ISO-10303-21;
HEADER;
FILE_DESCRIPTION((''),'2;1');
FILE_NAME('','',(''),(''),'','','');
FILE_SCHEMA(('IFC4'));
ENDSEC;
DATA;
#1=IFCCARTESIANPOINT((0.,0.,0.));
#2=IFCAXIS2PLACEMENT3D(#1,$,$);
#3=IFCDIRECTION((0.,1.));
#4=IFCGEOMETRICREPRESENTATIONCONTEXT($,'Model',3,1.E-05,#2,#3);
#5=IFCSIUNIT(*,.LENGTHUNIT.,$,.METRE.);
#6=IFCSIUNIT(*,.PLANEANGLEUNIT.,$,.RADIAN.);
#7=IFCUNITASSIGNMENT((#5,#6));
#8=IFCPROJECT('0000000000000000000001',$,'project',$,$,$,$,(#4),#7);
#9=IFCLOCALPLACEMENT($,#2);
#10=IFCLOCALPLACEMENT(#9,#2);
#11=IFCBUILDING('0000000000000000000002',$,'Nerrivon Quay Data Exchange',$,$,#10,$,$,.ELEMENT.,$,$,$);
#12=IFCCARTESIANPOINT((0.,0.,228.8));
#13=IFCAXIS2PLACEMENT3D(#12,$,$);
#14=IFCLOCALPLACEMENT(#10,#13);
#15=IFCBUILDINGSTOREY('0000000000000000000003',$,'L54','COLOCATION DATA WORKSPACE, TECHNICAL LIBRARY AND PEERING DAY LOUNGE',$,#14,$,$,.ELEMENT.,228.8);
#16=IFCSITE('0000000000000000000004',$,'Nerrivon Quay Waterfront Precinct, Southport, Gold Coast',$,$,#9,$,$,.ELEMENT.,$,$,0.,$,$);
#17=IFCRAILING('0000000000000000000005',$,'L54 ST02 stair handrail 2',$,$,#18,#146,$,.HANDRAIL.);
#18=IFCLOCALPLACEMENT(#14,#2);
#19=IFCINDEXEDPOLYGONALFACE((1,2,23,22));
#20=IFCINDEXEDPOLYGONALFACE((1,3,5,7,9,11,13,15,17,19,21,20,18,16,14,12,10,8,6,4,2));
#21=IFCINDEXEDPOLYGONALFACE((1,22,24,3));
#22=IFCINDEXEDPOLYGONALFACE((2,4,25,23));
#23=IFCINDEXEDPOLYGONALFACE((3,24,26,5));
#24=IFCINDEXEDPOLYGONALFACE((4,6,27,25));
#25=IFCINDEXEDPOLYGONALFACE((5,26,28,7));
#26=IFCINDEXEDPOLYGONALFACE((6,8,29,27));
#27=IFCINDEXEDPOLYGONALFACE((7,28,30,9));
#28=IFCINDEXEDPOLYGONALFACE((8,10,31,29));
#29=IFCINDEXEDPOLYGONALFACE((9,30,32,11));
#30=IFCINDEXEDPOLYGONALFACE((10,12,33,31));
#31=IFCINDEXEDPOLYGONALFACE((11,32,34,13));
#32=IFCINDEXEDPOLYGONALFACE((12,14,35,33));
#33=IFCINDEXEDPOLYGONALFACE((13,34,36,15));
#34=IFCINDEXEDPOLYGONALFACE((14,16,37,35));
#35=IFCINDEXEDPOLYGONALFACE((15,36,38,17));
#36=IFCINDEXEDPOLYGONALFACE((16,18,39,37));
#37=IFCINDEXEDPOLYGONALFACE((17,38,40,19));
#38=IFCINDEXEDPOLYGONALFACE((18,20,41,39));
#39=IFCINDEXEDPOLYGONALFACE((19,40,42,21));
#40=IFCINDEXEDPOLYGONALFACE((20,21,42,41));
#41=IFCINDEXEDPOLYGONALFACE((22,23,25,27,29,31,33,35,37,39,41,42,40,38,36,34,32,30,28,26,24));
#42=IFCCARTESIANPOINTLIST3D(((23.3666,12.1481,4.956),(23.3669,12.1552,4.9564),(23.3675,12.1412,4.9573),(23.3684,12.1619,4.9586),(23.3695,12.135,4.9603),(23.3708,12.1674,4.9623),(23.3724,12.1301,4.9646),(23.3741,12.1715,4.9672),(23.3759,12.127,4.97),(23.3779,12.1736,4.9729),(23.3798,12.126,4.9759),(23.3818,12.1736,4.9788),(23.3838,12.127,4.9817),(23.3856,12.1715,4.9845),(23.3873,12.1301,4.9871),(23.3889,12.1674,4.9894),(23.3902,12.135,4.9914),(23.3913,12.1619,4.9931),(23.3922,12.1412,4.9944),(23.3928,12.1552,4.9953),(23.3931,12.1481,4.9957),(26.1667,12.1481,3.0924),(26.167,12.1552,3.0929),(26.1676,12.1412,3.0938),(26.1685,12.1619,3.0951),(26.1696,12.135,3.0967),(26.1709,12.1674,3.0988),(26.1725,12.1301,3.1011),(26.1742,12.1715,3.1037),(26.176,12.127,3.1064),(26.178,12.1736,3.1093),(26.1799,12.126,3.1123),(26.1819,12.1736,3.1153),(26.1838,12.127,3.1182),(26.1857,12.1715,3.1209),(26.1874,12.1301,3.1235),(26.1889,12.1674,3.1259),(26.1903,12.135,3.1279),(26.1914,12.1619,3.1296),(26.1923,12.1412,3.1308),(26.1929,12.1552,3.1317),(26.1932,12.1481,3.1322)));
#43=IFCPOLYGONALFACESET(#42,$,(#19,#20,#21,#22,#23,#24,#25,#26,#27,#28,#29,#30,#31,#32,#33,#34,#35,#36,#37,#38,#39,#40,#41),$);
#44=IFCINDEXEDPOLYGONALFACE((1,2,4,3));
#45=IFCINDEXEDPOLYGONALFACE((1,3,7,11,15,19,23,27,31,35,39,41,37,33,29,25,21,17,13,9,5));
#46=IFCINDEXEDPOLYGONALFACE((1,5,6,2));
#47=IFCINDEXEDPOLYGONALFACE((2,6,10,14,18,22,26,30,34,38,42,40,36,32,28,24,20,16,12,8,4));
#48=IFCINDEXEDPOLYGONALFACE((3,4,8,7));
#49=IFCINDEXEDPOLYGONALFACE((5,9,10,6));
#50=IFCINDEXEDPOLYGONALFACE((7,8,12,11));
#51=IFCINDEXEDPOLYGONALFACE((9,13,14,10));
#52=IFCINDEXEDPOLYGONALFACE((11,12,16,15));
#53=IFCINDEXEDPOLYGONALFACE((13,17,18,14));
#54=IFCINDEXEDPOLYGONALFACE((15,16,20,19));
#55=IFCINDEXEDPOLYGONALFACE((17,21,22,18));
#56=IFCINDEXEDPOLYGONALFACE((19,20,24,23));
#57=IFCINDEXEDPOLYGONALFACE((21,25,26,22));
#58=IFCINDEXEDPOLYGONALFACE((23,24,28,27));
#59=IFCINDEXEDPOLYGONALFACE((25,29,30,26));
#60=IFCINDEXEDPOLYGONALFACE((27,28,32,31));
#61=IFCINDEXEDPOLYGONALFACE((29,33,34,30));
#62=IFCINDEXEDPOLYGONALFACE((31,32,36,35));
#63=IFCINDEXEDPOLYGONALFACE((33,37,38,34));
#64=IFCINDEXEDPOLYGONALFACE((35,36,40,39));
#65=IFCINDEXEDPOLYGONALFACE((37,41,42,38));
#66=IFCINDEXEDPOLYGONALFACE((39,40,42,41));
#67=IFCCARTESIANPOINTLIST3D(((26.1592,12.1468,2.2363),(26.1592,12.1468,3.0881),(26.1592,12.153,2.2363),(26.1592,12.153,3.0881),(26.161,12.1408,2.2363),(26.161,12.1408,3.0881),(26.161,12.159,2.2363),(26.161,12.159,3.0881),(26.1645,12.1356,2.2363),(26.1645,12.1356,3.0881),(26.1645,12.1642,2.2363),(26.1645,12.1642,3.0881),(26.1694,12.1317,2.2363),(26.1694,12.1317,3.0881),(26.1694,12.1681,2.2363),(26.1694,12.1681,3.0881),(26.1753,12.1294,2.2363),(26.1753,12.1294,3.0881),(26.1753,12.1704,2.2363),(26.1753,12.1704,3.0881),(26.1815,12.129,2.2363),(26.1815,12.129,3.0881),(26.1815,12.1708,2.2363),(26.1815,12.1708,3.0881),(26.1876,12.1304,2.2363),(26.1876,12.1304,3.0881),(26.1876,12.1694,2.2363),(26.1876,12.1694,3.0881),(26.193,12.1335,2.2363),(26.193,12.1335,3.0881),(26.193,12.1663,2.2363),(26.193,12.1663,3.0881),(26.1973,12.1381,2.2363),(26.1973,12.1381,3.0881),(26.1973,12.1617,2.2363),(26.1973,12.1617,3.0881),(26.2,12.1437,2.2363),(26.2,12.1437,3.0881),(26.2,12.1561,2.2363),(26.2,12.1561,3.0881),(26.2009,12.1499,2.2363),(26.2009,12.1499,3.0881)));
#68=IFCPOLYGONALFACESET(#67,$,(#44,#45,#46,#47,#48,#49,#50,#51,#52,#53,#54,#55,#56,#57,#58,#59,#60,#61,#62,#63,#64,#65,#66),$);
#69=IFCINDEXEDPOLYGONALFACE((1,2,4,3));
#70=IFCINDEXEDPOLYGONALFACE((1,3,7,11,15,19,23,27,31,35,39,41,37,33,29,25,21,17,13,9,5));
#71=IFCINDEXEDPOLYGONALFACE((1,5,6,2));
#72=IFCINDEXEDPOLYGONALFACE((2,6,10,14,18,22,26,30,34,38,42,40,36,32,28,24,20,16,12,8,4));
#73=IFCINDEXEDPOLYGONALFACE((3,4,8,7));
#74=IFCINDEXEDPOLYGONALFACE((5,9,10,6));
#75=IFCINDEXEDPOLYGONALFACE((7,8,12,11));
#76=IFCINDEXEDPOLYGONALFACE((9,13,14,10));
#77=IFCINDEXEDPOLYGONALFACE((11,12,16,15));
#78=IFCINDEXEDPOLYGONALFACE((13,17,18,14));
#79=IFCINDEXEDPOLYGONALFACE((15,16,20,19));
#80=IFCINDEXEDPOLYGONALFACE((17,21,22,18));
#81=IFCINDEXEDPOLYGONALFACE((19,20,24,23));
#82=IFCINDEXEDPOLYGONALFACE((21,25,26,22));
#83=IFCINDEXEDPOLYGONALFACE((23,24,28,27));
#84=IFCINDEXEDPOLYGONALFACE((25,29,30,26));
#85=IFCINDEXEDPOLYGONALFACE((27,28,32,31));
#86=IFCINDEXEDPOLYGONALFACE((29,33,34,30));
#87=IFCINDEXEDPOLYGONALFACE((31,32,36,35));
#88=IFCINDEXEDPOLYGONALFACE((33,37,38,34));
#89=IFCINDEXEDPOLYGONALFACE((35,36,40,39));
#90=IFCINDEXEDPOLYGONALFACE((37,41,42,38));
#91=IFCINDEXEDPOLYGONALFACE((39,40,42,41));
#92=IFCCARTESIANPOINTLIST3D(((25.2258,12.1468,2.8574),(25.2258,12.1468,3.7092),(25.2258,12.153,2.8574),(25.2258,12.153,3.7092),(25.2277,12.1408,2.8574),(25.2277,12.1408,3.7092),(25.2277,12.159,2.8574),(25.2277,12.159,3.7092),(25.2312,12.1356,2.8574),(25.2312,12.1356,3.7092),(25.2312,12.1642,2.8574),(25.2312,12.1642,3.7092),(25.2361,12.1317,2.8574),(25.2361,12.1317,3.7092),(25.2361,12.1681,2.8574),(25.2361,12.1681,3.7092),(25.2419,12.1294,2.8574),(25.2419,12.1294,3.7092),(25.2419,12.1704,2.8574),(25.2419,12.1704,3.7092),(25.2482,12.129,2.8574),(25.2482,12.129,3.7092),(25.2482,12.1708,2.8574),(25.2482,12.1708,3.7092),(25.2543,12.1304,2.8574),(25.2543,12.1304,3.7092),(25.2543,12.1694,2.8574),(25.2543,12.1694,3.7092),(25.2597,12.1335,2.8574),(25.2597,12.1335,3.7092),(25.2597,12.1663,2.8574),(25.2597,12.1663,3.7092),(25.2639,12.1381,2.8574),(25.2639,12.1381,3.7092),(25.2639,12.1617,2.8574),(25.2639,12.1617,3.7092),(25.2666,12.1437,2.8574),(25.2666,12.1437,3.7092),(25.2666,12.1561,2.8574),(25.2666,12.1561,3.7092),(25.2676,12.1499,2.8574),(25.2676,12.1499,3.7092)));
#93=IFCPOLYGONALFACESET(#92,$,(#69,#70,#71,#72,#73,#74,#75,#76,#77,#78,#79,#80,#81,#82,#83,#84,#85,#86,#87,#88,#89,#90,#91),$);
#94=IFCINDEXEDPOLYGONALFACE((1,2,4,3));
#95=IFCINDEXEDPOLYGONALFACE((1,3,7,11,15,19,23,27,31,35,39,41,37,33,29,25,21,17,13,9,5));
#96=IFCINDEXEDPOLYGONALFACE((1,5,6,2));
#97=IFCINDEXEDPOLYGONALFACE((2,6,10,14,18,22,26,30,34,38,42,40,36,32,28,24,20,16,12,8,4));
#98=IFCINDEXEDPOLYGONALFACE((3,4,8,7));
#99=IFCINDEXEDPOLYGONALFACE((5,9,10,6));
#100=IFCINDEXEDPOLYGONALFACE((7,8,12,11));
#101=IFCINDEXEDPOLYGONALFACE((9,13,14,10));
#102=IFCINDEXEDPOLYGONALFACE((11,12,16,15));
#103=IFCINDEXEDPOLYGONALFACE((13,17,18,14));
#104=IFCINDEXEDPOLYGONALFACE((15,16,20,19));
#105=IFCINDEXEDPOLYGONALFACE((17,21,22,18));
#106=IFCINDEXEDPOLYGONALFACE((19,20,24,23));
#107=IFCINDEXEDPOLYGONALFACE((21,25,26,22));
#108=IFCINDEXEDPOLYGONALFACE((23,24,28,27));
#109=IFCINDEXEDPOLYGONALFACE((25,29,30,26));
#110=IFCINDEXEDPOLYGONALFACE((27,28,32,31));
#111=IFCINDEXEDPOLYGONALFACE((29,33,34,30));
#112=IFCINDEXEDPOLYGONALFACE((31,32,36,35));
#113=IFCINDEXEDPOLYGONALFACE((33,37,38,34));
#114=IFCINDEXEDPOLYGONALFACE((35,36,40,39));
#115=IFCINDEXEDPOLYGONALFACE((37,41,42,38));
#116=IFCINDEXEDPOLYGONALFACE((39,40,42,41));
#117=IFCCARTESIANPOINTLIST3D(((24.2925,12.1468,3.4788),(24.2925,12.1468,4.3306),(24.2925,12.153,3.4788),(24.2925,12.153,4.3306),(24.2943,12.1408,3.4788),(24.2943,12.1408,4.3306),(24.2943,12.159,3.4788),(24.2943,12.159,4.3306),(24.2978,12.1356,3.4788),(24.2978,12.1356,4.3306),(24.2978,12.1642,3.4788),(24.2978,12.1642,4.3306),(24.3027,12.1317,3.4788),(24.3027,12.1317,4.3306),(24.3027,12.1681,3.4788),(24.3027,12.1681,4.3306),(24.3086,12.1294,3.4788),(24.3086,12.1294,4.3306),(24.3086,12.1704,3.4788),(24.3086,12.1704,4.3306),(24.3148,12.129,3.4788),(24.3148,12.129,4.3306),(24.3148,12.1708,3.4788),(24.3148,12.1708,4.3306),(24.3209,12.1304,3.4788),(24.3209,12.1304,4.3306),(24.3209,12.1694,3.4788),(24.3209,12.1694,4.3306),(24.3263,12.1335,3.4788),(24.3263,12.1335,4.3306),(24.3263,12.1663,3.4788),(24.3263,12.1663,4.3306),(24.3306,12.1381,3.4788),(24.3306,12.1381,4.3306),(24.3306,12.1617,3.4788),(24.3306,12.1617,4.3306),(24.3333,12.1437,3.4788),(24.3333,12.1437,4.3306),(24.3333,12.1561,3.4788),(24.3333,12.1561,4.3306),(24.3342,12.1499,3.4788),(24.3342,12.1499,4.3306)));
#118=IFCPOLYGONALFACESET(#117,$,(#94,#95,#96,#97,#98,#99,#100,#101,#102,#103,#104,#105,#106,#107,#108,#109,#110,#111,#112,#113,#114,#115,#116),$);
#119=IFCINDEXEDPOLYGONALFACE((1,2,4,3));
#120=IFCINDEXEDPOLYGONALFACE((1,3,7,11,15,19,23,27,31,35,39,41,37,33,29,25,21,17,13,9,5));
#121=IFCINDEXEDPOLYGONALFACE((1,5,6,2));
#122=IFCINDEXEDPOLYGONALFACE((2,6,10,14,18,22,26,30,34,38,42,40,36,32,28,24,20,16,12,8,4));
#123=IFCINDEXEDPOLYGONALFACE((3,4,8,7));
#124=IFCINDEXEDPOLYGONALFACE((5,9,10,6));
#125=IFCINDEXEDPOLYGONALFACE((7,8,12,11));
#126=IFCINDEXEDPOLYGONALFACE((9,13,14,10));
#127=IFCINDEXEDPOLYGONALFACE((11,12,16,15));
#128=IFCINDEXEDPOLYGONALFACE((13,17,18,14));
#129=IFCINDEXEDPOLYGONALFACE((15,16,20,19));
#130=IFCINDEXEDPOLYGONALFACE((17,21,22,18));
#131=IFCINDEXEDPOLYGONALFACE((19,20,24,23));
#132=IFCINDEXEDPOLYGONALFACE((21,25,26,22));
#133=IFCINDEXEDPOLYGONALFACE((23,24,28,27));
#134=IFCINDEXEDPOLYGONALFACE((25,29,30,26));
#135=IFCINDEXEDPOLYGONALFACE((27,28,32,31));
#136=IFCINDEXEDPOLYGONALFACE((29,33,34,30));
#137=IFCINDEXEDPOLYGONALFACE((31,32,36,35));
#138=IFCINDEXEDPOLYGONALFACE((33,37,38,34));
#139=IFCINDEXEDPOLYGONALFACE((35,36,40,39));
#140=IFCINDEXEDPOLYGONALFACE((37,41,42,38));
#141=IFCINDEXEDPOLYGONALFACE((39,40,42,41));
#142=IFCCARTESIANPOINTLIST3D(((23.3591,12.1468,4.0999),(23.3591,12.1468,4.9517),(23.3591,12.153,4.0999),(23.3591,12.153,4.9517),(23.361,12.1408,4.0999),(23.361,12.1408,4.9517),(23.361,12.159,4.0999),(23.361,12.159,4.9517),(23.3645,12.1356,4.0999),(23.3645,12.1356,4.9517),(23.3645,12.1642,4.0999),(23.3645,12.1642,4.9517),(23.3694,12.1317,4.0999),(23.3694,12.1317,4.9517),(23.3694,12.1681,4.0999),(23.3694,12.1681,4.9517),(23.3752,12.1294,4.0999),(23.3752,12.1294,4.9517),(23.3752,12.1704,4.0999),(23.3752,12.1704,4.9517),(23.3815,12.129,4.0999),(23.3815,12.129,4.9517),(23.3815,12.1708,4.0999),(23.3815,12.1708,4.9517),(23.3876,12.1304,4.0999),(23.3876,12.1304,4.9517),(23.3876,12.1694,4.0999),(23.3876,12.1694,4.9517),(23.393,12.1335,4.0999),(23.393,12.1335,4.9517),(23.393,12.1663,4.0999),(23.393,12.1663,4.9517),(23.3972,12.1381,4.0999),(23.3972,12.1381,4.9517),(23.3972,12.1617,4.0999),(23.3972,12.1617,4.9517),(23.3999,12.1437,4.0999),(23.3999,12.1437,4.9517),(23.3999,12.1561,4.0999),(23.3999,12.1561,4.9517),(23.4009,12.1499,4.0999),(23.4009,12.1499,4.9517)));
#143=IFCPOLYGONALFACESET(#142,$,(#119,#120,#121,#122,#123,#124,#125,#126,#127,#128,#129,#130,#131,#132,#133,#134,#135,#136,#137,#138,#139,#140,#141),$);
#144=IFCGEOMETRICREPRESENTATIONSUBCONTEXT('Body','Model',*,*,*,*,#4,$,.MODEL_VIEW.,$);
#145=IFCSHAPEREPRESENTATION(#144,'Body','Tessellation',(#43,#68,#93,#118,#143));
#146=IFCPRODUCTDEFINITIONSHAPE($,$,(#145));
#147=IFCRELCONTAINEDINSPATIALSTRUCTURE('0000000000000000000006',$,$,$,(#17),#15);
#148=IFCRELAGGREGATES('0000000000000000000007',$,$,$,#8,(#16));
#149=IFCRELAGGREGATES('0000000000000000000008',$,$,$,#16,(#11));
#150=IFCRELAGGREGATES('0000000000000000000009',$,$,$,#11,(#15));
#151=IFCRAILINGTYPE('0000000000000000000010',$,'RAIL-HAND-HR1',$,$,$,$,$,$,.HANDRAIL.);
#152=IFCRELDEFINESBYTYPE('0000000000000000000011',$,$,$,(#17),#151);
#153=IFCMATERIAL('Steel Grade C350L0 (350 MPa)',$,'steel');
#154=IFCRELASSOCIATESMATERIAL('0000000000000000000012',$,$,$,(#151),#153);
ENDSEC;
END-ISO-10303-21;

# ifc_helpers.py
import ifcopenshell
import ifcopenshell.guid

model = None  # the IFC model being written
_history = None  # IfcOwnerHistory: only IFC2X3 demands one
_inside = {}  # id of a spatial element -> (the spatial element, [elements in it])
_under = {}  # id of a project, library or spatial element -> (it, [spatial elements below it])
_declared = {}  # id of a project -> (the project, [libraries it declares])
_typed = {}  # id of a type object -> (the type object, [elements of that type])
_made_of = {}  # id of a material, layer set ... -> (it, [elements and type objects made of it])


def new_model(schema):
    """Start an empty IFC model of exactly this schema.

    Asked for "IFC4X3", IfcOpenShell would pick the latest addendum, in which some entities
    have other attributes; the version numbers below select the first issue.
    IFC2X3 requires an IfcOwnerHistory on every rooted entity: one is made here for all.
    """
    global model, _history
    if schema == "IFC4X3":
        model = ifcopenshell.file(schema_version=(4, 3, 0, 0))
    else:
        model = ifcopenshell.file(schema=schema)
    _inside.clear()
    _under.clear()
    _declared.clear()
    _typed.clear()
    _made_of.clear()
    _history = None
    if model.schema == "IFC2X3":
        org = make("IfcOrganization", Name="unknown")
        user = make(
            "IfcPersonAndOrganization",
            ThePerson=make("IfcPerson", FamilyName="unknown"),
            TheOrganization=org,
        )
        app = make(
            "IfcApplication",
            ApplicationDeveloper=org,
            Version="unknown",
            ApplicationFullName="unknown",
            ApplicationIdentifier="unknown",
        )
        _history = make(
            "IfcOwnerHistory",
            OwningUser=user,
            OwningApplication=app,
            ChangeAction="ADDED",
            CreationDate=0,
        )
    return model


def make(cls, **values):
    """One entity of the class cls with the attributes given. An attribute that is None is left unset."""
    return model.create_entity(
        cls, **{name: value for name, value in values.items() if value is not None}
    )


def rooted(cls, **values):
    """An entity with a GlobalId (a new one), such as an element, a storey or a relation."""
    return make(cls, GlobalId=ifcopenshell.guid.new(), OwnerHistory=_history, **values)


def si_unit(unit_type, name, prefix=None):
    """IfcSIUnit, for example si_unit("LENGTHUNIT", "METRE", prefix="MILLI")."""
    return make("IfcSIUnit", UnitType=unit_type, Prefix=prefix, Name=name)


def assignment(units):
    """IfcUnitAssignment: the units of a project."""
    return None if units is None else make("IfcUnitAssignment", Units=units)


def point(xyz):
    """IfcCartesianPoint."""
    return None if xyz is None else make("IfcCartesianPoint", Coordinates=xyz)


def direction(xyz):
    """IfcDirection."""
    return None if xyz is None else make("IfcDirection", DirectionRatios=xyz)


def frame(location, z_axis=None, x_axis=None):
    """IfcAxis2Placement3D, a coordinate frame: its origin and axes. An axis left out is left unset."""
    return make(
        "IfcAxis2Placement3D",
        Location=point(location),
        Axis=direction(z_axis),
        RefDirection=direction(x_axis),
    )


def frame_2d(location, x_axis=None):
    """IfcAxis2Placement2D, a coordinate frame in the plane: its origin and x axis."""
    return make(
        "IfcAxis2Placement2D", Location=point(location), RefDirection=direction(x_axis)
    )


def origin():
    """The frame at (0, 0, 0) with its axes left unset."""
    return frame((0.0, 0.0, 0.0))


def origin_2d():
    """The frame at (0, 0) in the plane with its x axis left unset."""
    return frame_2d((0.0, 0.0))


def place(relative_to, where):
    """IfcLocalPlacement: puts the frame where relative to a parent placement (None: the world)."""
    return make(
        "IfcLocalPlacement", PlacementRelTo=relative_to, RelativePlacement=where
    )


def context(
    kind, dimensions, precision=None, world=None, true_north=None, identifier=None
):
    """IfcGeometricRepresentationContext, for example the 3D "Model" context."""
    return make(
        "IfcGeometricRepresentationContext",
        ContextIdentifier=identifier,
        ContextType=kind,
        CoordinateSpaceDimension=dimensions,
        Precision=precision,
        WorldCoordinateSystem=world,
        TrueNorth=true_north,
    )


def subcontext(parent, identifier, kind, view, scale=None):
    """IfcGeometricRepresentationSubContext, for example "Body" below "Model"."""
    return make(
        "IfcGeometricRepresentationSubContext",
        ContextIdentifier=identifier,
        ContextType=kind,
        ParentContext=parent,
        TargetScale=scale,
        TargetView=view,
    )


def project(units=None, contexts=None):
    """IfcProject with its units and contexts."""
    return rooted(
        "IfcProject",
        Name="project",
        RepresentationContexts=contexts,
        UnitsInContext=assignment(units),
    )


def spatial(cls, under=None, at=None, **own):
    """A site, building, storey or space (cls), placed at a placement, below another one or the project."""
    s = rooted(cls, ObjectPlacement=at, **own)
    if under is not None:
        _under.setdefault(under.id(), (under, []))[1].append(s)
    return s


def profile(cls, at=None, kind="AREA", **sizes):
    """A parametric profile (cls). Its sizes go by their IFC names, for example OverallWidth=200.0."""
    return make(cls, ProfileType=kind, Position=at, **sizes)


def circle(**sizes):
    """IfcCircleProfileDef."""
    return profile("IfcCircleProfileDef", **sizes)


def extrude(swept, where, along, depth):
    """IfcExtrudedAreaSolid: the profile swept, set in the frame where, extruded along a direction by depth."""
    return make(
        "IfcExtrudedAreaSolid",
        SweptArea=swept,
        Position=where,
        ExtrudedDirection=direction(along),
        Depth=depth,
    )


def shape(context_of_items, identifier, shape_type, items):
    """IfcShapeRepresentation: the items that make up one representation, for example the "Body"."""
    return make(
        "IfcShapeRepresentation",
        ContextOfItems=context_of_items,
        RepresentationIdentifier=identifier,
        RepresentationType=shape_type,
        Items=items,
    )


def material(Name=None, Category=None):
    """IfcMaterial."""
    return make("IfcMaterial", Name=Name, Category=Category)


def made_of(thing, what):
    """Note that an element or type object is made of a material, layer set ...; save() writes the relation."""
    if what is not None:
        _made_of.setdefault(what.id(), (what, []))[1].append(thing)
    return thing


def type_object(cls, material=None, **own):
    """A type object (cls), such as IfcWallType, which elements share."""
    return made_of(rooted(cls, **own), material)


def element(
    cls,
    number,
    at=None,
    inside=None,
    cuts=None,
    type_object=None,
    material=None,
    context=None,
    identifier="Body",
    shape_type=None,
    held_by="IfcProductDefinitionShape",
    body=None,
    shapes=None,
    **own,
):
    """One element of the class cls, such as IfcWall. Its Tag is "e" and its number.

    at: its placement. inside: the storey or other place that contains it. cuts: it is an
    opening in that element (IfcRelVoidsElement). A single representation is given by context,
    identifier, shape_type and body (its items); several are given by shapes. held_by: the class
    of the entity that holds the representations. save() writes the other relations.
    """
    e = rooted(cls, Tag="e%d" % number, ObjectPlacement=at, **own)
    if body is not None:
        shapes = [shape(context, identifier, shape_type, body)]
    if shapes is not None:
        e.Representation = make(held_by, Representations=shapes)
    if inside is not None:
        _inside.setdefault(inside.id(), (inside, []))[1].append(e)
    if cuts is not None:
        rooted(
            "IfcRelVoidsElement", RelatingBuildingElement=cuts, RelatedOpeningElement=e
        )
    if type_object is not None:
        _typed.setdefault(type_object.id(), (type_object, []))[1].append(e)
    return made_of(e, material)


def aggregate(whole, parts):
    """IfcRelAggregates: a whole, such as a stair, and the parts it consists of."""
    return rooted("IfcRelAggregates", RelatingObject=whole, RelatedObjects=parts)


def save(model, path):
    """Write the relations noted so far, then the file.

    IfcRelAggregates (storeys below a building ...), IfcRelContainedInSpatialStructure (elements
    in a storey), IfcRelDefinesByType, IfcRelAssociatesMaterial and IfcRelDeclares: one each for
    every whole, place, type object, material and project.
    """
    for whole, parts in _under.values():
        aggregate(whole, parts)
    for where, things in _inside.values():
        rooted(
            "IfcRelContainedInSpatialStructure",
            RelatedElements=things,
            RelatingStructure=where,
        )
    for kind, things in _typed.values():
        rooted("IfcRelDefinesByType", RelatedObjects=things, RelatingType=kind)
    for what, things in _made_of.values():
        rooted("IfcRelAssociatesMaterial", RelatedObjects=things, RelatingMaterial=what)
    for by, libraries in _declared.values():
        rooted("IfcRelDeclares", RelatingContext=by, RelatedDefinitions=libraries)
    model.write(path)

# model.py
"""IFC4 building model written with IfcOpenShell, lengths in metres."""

from ifc_helpers import new_model, si_unit, direction, frame, origin, origin_2d, place, context, subcontext, project, spatial, circle, extrude, material, type_object, element, save


model = new_model("IFC4")

# Units and contexts
model_context = context("Model", 3, precision=1e-05, world=origin(), true_north=direction((0.0, 1.0)))
body_context = subcontext(model_context, "Body", "Model", "MODEL_VIEW")
ifc_project = project(units=[si_unit("LENGTHUNIT", "METRE"), si_unit("PLANEANGLEUNIT", "RADIAN")], contexts=[model_context])

# Site, building, storey
site_placement = place(None, origin())
site = spatial("IfcSite", under=ifc_project, at=site_placement, Name="Nerrivon Quay Waterfront Precinct, Southport, Gold Coast", CompositionType="ELEMENT", RefElevation=0.0)
building_placement = place(site_placement, origin())
building = spatial("IfcBuilding", under=site, at=building_placement, Name="Nerrivon Quay Data Exchange", CompositionType="ELEMENT")
storey_placement = place(building_placement, frame((0.0, 0.0, 228.8)))
storey = spatial("IfcBuildingStorey", under=building, at=storey_placement, Name="L54", Description="COLOCATION DATA WORKSPACE, TECHNICAL LIBRARY AND PEERING DAY LOUNGE", CompositionType="ELEMENT", Elevation=228.8)

# Railing
ifc_material_1 = material(Name="Steel Grade C350L0 (350 MPa)", Category="steel")
railing_type_1 = type_object("IfcRailingType", Name="RAIL-HAND-HR1", PredefinedType="HANDRAIL", material=ifc_material_1)
railing_1_placement = place(storey_placement, frame((26.1799, 12.1499, 2.2363)))
element("IfcRailing", 1, at=railing_1_placement, inside=storey, type_object=railing_type_1, Name="L54 ST02 stair handrail 2", PredefinedType="HANDRAIL", context=body_context, shape_type="SweptSolid", body=[
    extrude(circle(Radius=0.0239, at=origin_2d()), frame((0.0, 0.0, 0.876), z_axis=(-0.832486, 0.0, 0.554047), x_axis=(0.0, -1.0, 0.0)), (0.0, 0.0, 1.0), 3.3635),
    extrude(circle(Radius=0.021, at=origin_2d()), origin(), (0.0, 0.0, 1.0), 0.8518),
    extrude(circle(Radius=0.021, at=origin_2d()), frame((-0.9333, 0.0, 0.6211)), (0.0, 0.0, 1.0), 0.8518),
    extrude(circle(Radius=0.021, at=origin_2d()), frame((-1.8667, 0.0, 1.2424)), (0.0, 0.0, 1.0), 0.8518),
    extrude(circle(Radius=0.021, at=origin_2d()), frame((-2.8, 0.0, 1.8635)), (0.0, 0.0, 1.0), 0.8518),
])

save(model, "model.ifc")
